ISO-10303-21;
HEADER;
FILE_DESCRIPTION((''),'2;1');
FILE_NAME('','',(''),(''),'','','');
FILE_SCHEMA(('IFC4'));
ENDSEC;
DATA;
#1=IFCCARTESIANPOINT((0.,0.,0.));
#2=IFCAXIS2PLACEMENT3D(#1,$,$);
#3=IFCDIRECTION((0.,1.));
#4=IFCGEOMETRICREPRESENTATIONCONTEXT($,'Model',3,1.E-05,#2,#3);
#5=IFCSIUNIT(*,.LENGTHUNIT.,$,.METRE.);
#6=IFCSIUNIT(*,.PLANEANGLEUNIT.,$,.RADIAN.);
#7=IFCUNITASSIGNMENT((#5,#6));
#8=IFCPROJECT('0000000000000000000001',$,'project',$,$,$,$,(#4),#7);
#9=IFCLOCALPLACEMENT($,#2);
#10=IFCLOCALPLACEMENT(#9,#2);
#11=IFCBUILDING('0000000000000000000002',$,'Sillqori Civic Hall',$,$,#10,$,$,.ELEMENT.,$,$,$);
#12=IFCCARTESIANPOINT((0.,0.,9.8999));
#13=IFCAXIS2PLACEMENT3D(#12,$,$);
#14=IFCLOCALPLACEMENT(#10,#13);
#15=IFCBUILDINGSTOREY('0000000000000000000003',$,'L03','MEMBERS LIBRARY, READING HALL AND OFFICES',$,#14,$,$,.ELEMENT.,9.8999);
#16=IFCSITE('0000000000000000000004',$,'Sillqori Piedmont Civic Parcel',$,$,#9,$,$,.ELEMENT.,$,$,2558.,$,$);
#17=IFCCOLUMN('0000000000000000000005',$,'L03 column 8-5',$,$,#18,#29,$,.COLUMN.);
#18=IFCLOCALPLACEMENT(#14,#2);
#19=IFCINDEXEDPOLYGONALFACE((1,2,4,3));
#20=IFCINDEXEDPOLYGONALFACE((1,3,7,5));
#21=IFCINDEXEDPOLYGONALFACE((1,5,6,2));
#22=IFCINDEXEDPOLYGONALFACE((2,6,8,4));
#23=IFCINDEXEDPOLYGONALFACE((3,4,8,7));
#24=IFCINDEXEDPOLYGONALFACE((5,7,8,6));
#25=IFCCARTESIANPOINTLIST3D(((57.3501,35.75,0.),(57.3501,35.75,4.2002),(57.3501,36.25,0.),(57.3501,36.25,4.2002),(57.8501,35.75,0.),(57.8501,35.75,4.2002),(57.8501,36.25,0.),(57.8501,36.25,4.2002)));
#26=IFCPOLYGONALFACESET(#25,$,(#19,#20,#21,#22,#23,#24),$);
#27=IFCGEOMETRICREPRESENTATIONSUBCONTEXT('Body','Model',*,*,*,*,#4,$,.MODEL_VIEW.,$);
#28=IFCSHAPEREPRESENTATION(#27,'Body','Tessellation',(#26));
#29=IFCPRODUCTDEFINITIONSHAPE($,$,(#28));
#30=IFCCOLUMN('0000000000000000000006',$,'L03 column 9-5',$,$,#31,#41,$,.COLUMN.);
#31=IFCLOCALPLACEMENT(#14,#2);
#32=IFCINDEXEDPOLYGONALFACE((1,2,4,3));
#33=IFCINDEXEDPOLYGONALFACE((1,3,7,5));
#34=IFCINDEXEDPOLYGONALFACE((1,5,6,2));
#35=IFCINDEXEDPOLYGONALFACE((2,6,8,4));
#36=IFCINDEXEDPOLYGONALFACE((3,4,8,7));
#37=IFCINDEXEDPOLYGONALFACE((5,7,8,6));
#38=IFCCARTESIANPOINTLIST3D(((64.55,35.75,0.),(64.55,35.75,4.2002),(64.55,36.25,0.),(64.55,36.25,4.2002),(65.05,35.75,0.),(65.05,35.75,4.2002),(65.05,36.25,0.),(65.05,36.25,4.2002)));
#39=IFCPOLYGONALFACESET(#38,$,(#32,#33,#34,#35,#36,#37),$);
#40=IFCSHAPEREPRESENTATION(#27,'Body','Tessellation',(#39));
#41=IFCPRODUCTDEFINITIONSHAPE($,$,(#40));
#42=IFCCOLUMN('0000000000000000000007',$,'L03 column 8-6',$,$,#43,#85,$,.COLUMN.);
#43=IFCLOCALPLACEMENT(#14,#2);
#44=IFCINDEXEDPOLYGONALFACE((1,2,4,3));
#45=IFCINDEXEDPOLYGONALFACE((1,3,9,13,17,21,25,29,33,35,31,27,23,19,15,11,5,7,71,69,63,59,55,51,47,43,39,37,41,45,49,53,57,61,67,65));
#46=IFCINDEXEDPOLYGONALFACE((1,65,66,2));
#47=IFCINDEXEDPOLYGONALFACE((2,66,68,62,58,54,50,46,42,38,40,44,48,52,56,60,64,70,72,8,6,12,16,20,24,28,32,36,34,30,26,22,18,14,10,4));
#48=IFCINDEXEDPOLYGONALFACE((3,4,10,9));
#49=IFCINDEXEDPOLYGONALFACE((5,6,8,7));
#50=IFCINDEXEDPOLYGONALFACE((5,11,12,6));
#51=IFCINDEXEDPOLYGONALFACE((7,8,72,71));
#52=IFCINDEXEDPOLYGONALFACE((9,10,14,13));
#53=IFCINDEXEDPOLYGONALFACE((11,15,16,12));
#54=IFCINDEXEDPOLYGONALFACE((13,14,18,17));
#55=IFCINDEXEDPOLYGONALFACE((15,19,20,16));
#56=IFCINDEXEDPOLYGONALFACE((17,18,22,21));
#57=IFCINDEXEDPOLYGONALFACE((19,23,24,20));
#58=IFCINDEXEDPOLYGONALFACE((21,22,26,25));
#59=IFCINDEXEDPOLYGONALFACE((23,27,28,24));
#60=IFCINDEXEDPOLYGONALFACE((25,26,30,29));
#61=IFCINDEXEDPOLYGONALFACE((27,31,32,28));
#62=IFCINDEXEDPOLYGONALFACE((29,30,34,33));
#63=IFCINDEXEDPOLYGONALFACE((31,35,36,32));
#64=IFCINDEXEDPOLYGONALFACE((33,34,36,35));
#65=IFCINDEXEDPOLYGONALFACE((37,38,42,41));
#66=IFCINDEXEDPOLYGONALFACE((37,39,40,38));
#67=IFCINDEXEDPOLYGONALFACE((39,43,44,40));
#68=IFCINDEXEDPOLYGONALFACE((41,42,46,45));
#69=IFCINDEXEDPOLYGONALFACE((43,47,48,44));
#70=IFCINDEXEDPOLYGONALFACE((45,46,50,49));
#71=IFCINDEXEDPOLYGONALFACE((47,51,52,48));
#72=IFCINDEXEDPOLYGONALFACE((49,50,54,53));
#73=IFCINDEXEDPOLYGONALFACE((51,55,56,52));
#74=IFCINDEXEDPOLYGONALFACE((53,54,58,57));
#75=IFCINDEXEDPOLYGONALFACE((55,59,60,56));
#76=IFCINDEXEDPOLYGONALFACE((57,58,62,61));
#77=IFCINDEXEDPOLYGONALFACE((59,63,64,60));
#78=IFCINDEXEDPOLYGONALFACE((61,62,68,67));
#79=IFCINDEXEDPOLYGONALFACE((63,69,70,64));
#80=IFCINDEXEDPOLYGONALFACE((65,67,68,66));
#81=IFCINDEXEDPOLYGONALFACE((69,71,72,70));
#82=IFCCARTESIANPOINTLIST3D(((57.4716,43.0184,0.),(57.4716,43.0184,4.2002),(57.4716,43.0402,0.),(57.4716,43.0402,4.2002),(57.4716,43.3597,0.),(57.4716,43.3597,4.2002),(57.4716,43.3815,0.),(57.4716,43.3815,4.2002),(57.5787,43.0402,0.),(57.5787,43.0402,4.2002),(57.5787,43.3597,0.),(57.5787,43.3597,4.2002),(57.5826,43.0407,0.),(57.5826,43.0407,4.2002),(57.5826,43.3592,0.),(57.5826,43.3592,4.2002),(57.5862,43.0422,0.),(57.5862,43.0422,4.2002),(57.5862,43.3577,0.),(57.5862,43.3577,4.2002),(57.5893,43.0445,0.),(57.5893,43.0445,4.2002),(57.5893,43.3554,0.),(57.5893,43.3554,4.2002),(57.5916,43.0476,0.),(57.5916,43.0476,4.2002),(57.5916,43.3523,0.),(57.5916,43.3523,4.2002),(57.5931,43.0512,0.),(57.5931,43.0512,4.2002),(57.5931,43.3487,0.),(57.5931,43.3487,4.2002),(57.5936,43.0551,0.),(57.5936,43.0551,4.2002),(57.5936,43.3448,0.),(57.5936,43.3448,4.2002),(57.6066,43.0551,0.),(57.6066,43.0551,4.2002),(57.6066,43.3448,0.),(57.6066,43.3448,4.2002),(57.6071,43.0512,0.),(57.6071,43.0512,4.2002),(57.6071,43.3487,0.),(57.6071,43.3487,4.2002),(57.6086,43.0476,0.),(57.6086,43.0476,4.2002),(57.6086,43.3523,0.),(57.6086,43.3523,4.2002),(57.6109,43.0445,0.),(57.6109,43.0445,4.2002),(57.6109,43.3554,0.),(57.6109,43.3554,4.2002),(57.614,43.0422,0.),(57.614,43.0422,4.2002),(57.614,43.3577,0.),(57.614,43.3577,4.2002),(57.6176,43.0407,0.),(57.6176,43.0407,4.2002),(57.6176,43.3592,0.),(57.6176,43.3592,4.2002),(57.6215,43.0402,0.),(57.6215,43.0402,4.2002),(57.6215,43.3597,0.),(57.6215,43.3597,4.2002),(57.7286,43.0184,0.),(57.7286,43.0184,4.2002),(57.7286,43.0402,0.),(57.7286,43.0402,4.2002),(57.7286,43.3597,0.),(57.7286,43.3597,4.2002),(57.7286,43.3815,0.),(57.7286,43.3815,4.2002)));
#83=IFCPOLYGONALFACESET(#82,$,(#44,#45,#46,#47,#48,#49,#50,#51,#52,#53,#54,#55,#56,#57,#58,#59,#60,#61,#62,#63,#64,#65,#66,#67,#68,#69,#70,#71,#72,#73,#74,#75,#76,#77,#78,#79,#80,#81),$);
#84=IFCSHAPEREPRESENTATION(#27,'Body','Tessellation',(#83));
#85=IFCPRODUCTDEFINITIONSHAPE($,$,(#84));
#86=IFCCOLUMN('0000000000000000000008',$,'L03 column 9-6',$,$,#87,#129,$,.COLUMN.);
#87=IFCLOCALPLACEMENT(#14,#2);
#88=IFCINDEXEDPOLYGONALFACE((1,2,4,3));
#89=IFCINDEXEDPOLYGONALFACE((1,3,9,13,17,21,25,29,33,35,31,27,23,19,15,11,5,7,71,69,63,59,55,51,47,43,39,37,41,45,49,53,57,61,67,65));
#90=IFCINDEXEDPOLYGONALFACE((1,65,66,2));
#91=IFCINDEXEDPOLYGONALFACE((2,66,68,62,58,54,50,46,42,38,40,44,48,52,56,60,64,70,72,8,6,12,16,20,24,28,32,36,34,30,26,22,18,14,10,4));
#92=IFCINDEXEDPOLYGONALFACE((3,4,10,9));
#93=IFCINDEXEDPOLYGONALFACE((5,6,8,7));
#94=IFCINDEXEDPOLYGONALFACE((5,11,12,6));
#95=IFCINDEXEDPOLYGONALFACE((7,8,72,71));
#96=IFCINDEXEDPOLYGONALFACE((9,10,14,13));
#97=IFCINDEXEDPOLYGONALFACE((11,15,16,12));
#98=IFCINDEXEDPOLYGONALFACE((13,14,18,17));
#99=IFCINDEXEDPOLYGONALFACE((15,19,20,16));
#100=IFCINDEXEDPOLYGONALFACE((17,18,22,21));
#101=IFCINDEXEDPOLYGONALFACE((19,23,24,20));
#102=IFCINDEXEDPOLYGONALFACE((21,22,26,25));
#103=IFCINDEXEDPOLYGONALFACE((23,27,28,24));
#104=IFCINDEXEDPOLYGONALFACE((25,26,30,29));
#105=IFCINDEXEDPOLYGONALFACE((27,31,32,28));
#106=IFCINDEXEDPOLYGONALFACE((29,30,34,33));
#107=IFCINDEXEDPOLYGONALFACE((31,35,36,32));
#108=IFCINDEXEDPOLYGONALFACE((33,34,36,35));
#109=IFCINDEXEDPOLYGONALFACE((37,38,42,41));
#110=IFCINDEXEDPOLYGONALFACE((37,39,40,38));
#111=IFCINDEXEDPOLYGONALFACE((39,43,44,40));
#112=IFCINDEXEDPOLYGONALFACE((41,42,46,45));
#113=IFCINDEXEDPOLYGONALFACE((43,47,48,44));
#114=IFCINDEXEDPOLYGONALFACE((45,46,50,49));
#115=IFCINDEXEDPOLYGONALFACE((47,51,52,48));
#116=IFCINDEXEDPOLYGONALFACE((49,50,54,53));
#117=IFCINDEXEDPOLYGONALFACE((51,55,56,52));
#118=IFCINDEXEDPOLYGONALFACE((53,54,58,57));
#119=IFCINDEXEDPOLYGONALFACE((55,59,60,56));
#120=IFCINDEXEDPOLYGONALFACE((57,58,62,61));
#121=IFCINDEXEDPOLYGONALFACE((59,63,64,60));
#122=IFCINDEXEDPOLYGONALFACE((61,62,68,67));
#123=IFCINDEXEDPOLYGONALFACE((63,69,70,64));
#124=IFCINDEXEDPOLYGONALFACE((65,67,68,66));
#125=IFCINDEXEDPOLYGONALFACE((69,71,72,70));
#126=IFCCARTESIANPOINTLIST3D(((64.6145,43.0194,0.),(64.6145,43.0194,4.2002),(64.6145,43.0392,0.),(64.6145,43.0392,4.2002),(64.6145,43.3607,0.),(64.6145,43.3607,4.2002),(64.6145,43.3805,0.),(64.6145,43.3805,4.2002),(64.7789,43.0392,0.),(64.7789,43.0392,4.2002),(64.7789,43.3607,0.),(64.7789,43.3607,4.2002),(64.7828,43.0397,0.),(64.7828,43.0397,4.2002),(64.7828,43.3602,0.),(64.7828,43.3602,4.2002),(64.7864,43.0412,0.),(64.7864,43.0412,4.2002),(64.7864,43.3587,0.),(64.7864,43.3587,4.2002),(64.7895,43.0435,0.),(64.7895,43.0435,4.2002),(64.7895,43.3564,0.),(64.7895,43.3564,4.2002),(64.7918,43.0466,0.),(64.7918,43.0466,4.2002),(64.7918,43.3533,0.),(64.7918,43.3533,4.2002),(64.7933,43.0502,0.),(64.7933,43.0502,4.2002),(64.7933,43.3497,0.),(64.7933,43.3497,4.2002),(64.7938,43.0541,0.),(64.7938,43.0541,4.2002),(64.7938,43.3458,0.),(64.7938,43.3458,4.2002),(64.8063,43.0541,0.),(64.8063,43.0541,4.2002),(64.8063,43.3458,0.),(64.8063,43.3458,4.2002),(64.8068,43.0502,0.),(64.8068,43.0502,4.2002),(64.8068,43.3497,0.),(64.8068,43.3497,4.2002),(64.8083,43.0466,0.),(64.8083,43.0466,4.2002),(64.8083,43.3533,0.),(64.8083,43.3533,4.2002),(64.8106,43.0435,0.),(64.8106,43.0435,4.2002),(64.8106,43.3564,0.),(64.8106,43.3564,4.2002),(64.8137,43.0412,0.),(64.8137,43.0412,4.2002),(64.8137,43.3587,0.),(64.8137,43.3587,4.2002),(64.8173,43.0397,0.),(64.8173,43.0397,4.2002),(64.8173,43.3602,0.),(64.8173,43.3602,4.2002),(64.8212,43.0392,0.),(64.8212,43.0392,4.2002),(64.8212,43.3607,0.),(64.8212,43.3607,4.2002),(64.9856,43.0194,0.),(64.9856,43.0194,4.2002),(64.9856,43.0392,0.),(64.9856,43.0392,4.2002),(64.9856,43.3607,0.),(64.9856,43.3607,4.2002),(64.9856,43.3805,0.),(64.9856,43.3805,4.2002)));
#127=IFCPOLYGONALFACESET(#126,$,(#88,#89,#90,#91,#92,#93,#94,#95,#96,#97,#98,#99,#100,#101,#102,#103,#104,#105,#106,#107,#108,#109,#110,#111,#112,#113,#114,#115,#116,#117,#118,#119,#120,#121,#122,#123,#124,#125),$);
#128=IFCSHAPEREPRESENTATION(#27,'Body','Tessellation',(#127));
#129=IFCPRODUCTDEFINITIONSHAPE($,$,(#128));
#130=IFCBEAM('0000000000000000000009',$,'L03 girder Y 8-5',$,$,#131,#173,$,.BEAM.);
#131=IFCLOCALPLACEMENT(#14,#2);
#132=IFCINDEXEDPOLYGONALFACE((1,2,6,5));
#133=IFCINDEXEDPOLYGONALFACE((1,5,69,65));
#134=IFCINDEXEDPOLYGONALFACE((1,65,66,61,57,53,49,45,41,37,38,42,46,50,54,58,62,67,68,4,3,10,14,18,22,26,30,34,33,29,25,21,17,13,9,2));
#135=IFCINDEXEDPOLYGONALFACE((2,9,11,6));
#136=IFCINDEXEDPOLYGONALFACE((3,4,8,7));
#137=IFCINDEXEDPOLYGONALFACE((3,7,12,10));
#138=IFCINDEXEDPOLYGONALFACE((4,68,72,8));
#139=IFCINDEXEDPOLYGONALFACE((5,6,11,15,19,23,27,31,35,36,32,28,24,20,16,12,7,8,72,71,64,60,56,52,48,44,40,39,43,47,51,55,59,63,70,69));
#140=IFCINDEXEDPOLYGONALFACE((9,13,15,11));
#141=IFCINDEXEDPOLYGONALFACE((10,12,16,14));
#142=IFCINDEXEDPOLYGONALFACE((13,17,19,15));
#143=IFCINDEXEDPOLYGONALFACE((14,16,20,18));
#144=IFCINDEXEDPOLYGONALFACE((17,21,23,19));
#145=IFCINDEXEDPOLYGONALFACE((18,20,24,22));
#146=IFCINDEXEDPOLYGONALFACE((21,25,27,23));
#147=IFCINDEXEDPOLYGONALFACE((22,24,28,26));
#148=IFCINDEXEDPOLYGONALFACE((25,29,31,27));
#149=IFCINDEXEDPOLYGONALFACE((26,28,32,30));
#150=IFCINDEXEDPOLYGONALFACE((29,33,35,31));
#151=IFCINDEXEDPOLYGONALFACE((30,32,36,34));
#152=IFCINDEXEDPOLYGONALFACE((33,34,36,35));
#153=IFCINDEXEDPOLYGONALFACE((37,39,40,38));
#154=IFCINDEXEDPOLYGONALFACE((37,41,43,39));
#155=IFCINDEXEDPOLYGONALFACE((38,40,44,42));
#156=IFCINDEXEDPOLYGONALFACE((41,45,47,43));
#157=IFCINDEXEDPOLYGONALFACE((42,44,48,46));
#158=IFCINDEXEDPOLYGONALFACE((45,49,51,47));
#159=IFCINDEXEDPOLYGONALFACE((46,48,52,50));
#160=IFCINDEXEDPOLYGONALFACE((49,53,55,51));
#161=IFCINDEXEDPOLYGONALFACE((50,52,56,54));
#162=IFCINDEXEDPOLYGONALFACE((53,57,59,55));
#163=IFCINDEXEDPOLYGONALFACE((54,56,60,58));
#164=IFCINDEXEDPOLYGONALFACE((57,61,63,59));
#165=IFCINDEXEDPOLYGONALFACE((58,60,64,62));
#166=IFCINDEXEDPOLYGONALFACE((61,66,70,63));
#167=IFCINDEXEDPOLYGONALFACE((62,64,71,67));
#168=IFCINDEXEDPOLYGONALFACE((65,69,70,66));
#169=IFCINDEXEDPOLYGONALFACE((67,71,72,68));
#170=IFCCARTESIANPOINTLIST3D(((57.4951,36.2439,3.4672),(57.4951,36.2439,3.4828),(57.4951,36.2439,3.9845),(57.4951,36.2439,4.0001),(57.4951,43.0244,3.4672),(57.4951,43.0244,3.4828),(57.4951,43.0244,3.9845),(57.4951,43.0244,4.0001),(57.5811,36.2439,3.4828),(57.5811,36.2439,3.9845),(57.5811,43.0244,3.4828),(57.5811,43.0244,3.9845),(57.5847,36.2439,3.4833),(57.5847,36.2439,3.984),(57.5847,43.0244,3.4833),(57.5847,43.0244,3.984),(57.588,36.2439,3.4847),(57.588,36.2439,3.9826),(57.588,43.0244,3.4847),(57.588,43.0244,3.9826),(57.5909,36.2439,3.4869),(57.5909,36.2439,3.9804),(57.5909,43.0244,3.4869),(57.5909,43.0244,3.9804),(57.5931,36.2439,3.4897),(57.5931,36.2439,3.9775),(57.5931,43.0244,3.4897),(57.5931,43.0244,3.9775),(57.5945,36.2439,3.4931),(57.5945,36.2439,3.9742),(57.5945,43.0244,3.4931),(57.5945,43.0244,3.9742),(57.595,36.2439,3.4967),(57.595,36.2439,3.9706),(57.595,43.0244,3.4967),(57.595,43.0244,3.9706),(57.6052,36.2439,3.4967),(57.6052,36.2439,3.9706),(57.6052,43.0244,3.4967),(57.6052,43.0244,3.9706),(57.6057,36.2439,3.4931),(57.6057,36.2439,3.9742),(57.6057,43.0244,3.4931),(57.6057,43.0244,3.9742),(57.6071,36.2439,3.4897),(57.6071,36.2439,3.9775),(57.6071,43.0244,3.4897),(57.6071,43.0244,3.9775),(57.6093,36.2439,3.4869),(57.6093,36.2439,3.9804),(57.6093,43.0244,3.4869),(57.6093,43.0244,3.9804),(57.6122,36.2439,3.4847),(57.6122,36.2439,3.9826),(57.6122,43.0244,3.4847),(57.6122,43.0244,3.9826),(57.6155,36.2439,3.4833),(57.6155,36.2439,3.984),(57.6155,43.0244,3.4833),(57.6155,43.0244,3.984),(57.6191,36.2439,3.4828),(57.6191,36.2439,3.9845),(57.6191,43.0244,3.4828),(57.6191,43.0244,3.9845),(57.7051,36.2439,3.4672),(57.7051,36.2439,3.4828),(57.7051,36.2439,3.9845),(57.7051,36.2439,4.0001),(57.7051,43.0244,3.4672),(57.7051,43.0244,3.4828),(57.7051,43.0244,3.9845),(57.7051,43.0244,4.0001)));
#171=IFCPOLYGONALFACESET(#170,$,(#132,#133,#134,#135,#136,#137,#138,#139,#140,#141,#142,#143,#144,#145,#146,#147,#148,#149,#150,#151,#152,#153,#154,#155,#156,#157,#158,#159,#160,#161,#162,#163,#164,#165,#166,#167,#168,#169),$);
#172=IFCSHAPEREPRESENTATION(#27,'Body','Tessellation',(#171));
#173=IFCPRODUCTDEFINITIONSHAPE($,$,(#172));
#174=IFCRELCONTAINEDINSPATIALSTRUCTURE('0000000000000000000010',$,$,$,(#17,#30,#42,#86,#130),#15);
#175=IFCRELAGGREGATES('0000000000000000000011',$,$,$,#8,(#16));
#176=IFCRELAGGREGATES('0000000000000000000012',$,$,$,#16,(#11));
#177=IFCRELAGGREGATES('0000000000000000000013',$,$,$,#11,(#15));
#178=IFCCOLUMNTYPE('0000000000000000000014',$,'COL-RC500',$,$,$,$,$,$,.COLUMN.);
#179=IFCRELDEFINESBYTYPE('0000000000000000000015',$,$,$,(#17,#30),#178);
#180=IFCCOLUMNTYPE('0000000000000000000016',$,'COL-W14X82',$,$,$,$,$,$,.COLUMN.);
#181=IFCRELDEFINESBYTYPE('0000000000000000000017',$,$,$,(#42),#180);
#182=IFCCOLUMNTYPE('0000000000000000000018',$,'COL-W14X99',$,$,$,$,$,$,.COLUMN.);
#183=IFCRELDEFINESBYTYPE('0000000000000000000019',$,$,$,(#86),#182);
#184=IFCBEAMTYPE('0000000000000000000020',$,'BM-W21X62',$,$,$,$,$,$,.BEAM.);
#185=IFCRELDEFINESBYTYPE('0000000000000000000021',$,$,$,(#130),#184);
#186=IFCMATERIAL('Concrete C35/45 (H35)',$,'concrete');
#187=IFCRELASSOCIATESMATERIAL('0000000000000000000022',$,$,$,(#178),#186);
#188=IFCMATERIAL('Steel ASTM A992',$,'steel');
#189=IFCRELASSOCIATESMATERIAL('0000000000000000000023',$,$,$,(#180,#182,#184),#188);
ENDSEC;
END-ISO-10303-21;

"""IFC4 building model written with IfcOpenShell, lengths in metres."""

from ifc_helpers import new_model, si_unit, direction, frame, origin, origin_2d, place, context, subcontext, project, spatial, rectangle, i_section, extrude, material, material_profile, profile_set, type_object, element, save


model = new_model("IFC4")

# Units and contexts
model_context = context("Model", 3, precision=1e-05, world=origin(), true_north=direction((0.0, 1.0)))
body_context = subcontext(model_context, "Body", "Model", "MODEL_VIEW")
ifc_project = project(units=[si_unit("LENGTHUNIT", "METRE"), si_unit("PLANEANGLEUNIT", "RADIAN")], contexts=[model_context])

# Site, building, storey
site_placement = place(None, origin())
site = spatial("IfcSite", under=ifc_project, at=site_placement, Name="Sillqori Piedmont Civic Parcel", CompositionType="ELEMENT", RefElevation=2558.0)
building_placement = place(site_placement, origin())
building = spatial("IfcBuilding", under=site, at=building_placement, Name="Sillqori Civic Hall", CompositionType="ELEMENT")
storey_placement = place(building_placement, frame((0.0, 0.0, 9.8999)))
storey = spatial("IfcBuildingStorey", under=building, at=storey_placement, Name="L03", Description="MEMBERS LIBRARY, READING HALL AND OFFICES", CompositionType="ELEMENT", Elevation=9.8999)

# Columns
ifc_material_1 = material(Name="Concrete C35/45 (H35)", Category="concrete")
ifc_material_profile_1 = material_profile(ifc_material_1, rectangle(XDim=0.5, YDim=0.5, at=origin_2d()), Name="RC 500x500")
ifc_profile_set_1 = profile_set([ifc_material_profile_1], Name="Concrete C35/45 (H35)")
column_type_1 = type_object("IfcColumnType", Name="COL-RC500", PredefinedType="COLUMN", material=ifc_profile_set_1)
for number, where, z_axis, x_axis, name in (
    (1, (57.6001, 36.0, 0.0), (0.0, 0.0, 1.0), (1.0, 0.0, 0.0), "L03 column 8-5"),
    (2, (64.8, 36.0, 0.0), (0.0, 0.0, 1.0), (1.0, 0.0, 0.0), "L03 column 9-5"),
):
    element("IfcColumn", number, at=place(storey_placement, frame(where, z_axis=z_axis, x_axis=x_axis)), inside=storey, type_object=column_type_1, Name=name, PredefinedType="COLUMN", context=body_context, shape_type="SweptSolid", body=[
        extrude(rectangle(XDim=0.5, YDim=0.5, at=origin_2d()), origin(), (0.0, 0.0, 1.0), 4.2002),
    ])
ifc_material_2 = material(Name="Steel ASTM A992", Category="steel")
ifc_material_profile_2 = material_profile(ifc_material_2, i_section(OverallWidth=0.2571, OverallDepth=0.363, WebThickness=0.0129, FlangeThickness=0.0217, FilletRadius=0.0149, at=origin_2d()), Name="W14X82")
ifc_profile_set_2 = profile_set([ifc_material_profile_2], Name="Steel ASTM A992")
column_type_2 = type_object("IfcColumnType", Name="COL-W14X82", PredefinedType="COLUMN", material=ifc_profile_set_2)
column_1_placement = place(storey_placement, frame((57.6001, 43.2, 0.0), z_axis=(0.0, 0.0, 1.0), x_axis=(1.0, 0.0, 0.0)))
element("IfcColumn", 3, at=column_1_placement, inside=storey, type_object=column_type_2, Name="L03 column 8-6", PredefinedType="COLUMN", context=body_context, shape_type="SweptSolid", body=[
    extrude(i_section(OverallWidth=0.2571, OverallDepth=0.363, WebThickness=0.0129, FlangeThickness=0.0217, FilletRadius=0.0149, at=origin_2d()), origin(), (0.0, 0.0, 1.0), 4.2002),
])
ifc_material_profile_3 = material_profile(ifc_material_2, i_section(OverallWidth=0.3711, OverallDepth=0.3611, WebThickness=0.0125, FlangeThickness=0.0198, FilletRadius=0.0149, at=origin_2d()), Name="W14X99")
ifc_profile_set_3 = profile_set([ifc_material_profile_3], Name="Steel ASTM A992")
column_type_3 = type_object("IfcColumnType", Name="COL-W14X99", PredefinedType="COLUMN", material=ifc_profile_set_3)
column_2_placement = place(storey_placement, frame((64.8, 43.2, 0.0), z_axis=(0.0, 0.0, 1.0), x_axis=(1.0, 0.0, 0.0)))
element("IfcColumn", 4, at=column_2_placement, inside=storey, type_object=column_type_3, Name="L03 column 9-6", PredefinedType="COLUMN", context=body_context, shape_type="SweptSolid", body=[
    extrude(i_section(OverallWidth=0.3711, OverallDepth=0.3611, WebThickness=0.0125, FlangeThickness=0.0198, FilletRadius=0.0149, at=origin_2d()), origin(), (0.0, 0.0, 1.0), 4.2002),
])

# Beam
ifc_material_profile_4 = material_profile(ifc_material_2, i_section(OverallWidth=0.21, OverallDepth=0.533, WebThickness=0.0103, FlangeThickness=0.0156, FilletRadius=0.0139, at=origin_2d()), Name="W21X62")
ifc_profile_set_4 = profile_set([ifc_material_profile_4], Name="Steel ASTM A992")
beam_type_1 = type_object("IfcBeamType", Name="BM-W21X62", PredefinedType="BEAM", material=ifc_profile_set_4)
beam_1_placement = place(storey_placement, frame((57.6001, 36.2439, 3.7336), z_axis=(0.0, 1.0, 0.0), x_axis=(-1.0, 0.0, 0.0)))
element("IfcBeam", 5, at=beam_1_placement, inside=storey, type_object=beam_type_1, Name="L03 girder Y 8-5", PredefinedType="BEAM", context=body_context, shape_type="SweptSolid", body=[
    extrude(i_section(OverallWidth=0.21, OverallDepth=0.533, WebThickness=0.0103, FlangeThickness=0.0156, FilletRadius=0.0139, at=origin_2d()), origin(), (0.0, 0.0, 1.0), 6.7805),
])

save(model, "model.ifc")
